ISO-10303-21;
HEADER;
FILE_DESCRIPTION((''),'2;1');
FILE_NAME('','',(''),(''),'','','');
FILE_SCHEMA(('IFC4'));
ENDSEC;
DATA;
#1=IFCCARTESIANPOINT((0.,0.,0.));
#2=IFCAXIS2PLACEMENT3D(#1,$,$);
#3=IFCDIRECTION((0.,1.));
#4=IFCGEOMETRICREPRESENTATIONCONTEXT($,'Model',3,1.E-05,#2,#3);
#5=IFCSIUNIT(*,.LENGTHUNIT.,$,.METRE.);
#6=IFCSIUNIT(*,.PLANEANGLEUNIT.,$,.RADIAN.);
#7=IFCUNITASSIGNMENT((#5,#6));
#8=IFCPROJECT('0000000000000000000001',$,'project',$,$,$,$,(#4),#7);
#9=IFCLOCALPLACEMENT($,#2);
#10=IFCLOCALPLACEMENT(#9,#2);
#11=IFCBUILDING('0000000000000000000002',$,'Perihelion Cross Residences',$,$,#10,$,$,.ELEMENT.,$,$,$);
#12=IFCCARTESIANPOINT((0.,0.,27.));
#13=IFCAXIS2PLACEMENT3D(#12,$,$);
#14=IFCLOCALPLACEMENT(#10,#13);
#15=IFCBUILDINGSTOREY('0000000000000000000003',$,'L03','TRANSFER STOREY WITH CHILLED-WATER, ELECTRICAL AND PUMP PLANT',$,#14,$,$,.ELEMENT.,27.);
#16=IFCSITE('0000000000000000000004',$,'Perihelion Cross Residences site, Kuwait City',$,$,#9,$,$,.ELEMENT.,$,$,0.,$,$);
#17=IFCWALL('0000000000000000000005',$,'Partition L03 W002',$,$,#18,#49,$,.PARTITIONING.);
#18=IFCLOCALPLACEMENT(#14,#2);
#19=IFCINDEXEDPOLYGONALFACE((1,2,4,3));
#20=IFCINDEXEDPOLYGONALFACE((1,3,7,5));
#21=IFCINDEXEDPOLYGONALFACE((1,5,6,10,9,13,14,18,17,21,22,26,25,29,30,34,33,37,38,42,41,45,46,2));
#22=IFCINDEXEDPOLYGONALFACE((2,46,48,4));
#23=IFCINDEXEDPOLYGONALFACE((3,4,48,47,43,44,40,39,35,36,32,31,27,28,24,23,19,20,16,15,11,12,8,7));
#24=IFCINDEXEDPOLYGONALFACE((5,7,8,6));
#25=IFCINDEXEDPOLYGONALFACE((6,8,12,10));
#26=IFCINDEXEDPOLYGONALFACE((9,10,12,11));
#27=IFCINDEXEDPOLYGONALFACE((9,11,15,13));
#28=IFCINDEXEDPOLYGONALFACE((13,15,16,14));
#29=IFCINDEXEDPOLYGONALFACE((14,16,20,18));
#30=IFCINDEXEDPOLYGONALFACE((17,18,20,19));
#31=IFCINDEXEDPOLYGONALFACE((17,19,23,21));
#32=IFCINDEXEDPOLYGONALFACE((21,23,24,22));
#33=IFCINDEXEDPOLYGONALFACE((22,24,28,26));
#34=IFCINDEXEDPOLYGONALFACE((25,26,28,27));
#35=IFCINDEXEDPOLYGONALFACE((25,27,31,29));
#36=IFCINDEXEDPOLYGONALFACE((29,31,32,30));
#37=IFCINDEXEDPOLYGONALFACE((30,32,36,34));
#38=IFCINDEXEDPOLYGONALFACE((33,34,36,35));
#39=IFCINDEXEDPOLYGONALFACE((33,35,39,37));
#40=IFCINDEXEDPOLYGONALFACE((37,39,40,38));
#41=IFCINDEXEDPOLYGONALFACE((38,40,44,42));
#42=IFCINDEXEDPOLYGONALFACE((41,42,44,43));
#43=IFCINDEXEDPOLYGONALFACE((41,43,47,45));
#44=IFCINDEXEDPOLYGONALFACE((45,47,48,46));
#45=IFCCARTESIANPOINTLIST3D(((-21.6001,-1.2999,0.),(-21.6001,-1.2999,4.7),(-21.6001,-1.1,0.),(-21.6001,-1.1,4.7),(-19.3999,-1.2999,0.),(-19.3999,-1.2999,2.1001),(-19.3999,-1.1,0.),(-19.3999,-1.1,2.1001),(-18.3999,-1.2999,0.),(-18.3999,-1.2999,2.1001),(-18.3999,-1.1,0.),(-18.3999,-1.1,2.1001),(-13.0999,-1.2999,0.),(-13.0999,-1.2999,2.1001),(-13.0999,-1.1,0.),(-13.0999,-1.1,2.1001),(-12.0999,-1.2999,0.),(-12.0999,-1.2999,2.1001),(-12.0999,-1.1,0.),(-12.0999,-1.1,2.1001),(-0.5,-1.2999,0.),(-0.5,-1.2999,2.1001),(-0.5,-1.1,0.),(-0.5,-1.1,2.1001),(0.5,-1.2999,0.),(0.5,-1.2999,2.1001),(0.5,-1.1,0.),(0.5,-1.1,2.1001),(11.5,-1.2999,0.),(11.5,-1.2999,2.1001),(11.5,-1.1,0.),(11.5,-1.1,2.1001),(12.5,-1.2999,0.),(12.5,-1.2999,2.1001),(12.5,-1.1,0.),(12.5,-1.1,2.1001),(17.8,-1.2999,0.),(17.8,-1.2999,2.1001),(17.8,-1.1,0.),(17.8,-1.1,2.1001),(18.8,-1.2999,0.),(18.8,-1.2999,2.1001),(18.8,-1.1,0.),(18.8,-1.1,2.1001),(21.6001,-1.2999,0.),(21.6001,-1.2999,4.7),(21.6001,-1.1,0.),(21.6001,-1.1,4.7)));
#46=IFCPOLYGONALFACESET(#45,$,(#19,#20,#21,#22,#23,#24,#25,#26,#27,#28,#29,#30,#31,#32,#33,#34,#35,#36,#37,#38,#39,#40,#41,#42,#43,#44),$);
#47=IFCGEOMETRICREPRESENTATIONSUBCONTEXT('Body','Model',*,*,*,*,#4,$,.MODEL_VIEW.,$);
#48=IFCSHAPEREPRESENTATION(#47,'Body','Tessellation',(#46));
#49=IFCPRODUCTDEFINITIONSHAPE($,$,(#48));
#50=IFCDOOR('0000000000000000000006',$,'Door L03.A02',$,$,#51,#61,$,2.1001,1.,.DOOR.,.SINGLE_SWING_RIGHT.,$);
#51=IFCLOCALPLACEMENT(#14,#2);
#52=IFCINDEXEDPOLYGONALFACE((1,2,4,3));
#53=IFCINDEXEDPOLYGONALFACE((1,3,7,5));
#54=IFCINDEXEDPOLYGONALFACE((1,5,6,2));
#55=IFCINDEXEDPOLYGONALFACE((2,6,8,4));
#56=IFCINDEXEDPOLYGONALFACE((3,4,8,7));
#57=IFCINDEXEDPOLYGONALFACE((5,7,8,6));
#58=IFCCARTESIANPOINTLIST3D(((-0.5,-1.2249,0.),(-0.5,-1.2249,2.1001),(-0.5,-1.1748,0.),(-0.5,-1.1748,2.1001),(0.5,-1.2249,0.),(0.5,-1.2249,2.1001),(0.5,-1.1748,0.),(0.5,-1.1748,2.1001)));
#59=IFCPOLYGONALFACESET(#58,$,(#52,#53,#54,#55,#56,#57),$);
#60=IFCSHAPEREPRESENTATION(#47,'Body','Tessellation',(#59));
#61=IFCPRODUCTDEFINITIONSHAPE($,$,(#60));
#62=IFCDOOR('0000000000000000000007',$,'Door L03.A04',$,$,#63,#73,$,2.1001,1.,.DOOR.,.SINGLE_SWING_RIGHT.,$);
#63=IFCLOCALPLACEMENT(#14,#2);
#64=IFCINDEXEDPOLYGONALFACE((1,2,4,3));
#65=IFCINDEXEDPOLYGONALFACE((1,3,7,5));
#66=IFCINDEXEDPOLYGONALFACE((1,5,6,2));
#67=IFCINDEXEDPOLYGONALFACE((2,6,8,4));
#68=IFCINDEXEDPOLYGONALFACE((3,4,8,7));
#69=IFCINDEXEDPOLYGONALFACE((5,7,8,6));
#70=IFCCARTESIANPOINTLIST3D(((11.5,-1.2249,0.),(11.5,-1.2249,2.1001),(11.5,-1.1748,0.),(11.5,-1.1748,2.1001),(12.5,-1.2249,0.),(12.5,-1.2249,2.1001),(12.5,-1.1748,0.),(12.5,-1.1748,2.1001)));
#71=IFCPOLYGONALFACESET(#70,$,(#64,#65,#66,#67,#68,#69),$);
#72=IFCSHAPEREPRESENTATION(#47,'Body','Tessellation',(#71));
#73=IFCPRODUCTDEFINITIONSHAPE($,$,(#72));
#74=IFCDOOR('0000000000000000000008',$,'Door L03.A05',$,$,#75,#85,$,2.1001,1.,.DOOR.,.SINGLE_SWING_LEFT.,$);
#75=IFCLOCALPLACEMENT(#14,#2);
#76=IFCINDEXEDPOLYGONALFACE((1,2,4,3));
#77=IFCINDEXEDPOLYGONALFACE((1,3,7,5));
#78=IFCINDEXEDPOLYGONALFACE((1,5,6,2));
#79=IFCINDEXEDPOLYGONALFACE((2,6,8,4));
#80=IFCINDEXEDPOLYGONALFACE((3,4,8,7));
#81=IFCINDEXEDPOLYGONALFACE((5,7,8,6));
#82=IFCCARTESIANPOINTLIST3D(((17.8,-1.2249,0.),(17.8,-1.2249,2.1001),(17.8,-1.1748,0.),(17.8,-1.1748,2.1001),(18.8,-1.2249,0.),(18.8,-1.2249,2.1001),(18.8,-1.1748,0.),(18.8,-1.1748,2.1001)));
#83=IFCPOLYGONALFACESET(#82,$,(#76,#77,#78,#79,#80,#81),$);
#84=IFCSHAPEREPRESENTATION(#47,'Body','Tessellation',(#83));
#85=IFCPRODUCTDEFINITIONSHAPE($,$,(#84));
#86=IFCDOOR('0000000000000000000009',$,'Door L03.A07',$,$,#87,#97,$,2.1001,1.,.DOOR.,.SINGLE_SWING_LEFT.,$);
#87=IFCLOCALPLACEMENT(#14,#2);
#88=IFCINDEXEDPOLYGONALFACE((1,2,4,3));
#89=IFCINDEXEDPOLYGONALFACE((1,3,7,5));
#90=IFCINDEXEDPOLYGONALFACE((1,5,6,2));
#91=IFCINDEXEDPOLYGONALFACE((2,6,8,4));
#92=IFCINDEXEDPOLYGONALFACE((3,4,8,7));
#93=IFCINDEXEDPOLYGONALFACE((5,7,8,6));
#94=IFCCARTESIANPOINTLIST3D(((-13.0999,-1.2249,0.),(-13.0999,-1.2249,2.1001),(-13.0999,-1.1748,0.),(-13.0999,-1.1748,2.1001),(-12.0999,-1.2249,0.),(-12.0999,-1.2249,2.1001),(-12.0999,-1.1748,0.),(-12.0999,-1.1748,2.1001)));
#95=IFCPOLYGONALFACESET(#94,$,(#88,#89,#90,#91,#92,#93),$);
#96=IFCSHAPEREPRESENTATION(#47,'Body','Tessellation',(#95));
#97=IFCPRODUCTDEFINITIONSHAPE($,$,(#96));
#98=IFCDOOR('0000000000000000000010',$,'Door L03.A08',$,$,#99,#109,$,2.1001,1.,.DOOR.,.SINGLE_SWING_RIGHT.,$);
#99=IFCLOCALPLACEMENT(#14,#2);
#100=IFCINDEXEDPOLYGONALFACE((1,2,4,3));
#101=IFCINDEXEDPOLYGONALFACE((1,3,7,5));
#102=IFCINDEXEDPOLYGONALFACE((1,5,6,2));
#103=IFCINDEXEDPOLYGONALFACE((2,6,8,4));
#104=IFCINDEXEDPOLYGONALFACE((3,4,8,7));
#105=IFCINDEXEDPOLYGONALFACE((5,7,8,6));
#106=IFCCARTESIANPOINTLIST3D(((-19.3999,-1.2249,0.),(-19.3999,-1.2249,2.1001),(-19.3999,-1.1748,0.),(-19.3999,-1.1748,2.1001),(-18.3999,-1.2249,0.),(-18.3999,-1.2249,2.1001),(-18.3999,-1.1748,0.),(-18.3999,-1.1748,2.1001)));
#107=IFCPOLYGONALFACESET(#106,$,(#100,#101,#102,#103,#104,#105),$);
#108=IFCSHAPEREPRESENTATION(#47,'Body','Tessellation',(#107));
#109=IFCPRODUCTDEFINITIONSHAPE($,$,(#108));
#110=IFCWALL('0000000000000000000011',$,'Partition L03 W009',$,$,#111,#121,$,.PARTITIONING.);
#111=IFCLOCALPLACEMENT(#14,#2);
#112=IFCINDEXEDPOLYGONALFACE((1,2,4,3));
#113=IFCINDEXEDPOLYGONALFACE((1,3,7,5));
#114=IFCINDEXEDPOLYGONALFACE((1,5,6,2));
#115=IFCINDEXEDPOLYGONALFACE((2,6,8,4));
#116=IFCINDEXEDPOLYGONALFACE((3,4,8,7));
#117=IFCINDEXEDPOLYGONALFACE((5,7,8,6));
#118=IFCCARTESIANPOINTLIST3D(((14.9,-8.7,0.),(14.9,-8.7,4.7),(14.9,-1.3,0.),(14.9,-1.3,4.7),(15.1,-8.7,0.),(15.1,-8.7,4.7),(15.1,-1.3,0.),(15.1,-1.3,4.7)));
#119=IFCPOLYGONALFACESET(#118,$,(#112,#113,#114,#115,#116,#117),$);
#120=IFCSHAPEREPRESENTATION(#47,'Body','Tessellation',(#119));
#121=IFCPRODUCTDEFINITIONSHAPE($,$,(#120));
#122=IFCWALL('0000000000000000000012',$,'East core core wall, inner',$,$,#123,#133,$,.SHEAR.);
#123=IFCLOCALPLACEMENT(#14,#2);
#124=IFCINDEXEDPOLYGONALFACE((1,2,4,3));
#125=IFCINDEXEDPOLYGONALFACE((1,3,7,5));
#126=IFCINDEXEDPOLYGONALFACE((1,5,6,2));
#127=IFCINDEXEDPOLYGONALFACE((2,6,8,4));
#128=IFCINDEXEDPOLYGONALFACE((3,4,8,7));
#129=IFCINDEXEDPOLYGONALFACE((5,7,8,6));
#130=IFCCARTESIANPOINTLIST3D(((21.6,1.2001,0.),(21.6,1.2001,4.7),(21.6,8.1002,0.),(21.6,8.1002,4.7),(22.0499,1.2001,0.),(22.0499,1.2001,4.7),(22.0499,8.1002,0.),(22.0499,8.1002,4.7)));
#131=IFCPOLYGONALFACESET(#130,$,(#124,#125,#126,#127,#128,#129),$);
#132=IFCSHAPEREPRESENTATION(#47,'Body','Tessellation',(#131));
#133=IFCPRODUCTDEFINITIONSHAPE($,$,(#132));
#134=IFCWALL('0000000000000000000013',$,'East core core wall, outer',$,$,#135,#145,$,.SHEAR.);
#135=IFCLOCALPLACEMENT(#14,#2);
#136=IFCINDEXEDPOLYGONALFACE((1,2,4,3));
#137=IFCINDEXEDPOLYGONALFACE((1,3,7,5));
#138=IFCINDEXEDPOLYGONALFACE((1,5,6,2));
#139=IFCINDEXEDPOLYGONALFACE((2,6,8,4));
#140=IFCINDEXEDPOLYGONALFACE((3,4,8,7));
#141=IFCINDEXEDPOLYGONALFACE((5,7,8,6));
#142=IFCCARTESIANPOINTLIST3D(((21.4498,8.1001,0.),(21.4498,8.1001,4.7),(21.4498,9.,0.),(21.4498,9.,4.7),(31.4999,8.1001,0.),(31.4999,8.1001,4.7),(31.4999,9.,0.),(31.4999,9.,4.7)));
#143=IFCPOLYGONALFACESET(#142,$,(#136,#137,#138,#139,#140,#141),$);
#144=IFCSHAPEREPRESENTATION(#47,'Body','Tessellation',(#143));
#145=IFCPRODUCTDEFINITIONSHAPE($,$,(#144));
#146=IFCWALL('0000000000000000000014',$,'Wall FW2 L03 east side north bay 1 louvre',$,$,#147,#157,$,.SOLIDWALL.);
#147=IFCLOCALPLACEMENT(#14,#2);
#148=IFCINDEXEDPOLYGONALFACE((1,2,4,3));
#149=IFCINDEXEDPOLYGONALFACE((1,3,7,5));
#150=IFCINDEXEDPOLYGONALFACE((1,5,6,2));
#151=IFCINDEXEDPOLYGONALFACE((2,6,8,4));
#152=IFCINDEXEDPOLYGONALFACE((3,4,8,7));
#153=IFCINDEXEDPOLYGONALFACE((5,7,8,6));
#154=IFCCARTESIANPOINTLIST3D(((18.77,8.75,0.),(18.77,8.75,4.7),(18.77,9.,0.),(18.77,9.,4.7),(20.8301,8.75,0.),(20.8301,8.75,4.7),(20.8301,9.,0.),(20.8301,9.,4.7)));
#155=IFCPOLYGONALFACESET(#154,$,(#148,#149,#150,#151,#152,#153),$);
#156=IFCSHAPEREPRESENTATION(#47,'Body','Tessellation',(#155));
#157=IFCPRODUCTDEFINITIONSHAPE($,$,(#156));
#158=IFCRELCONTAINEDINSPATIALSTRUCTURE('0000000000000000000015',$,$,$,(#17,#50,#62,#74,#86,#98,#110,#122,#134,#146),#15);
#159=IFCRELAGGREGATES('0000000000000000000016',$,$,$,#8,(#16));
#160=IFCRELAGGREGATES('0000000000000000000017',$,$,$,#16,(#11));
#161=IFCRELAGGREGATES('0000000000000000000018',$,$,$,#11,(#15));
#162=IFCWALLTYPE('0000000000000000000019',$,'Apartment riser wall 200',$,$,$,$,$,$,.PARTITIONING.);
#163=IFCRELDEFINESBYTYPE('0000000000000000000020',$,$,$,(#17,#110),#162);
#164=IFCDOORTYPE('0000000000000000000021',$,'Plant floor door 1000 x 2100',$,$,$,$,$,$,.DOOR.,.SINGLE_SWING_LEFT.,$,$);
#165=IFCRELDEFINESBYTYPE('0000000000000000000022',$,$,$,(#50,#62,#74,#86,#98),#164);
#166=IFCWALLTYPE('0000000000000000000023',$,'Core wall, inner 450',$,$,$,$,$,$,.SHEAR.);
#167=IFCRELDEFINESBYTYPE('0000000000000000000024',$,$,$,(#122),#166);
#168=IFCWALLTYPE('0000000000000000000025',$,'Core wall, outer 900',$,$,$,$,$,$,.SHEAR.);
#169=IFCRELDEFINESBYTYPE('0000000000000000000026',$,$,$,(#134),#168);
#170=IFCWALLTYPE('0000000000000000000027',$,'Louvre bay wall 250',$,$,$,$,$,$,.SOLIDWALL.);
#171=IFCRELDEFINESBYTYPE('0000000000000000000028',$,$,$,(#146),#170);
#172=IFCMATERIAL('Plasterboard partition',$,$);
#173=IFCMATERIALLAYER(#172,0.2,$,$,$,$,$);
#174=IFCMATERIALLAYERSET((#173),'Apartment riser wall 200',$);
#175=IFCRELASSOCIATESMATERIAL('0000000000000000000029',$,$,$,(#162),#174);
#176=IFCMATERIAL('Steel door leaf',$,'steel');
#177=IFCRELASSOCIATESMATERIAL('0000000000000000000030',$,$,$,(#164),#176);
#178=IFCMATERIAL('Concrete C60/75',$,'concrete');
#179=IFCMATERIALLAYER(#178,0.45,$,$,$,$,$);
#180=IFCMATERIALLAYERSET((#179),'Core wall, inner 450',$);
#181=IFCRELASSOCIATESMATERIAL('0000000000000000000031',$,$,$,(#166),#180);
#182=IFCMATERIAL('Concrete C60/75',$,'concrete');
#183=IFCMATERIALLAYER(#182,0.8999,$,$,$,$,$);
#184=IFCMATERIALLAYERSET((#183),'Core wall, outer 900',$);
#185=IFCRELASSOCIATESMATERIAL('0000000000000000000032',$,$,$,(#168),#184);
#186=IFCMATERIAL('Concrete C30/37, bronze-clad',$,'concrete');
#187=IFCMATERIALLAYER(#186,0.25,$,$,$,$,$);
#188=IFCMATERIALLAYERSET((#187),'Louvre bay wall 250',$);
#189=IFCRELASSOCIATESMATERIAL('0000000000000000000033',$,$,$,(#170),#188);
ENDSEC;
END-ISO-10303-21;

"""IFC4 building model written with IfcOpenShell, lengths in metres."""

from ifc_helpers import new_model, si_unit, direction, frame, frame_2d, origin, place, context, subcontext, project, spatial, rectangle, extrude, material, layer, layer_set, type_object, element, fill, save


model = new_model("IFC4")

# Units and contexts
model_context = context("Model", 3, precision=1e-05, world=origin(), true_north=direction((0.0, 1.0)))
body_context = subcontext(model_context, "Body", "Model", "MODEL_VIEW")
ifc_project = project(units=[si_unit("LENGTHUNIT", "METRE"), si_unit("PLANEANGLEUNIT", "RADIAN")], contexts=[model_context])

# Site, building, storey
site_placement = place(None, origin())
site = spatial("IfcSite", under=ifc_project, at=site_placement, Name="Perihelion Cross Residences site, Kuwait City", CompositionType="ELEMENT", RefElevation=0.0)
building_placement = place(site_placement, origin())
building = spatial("IfcBuilding", under=site, at=building_placement, Name="Perihelion Cross Residences", CompositionType="ELEMENT")
storey_placement = place(building_placement, frame((0.0, 0.0, 27.0)))
storey = spatial("IfcBuildingStorey", under=building, at=storey_placement, Name="L03", Description="TRANSFER STOREY WITH CHILLED-WATER, ELECTRICAL AND PUMP PLANT", CompositionType="ELEMENT", Elevation=27.0)

# Wall, openings, doors
ifc_material_1 = material(Name="Plasterboard partition")
ifc_layer_1 = layer(ifc_material_1, 0.2)
ifc_layer_set_1 = layer_set([ifc_layer_1], Name="Apartment riser wall 200")
wall_type_1 = type_object("IfcWallType", Name="Apartment riser wall 200", PredefinedType="PARTITIONING", material=ifc_layer_set_1)
wall_1_placement = place(storey_placement, frame((21.6001, -1.2, 0.0), z_axis=(0.0, 0.0, 1.0), x_axis=(-1.0, 0.0, 0.0)))
wall_1 = element("IfcWall", 1, at=wall_1_placement, inside=storey, type_object=wall_type_1, Name="Partition L03 W002", PredefinedType="PARTITIONING", context=body_context, shape_type="SweptSolid", body=[
    extrude(rectangle(XDim=43.2002, YDim=0.2, at=frame_2d((21.6001, 0.0))), origin(), (0.0, 0.0, 1.0), 4.7),
])
opening_1_placement = place(wall_1_placement, frame((21.1001, 0.0, 0.0)))
opening_1 = element("IfcOpeningElement", 2, at=opening_1_placement, cuts=wall_1, PredefinedType="OPENING", context=body_context, shape_type="SweptSolid", body=[
    extrude(rectangle(XDim=1.0, YDim=2.1001, at=frame_2d((0.5, 1.05))), frame((0.0, 0.1099, 0.0), z_axis=(0.0, -1.0, 0.0), x_axis=(1.0, 0.0, 0.0)), (0.0, 0.0, 1.0), 0.22),
])
opening_2_placement = place(wall_1_placement, frame((9.1001, 0.0, 0.0)))
opening_2 = element("IfcOpeningElement", 3, at=opening_2_placement, cuts=wall_1, PredefinedType="OPENING", context=body_context, shape_type="SweptSolid", body=[
    extrude(rectangle(XDim=1.0, YDim=2.1001, at=frame_2d((0.5, 1.05))), frame((0.0, 0.1099, 0.0), z_axis=(0.0, -1.0, 0.0), x_axis=(1.0, 0.0, 0.0)), (0.0, 0.0, 1.0), 0.22),
])
opening_3_placement = place(wall_1_placement, frame((2.8, 0.0, 0.0)))
opening_3 = element("IfcOpeningElement", 4, at=opening_3_placement, cuts=wall_1, PredefinedType="OPENING", context=body_context, shape_type="SweptSolid", body=[
    extrude(rectangle(XDim=1.0, YDim=2.1001, at=frame_2d((0.5, 1.05))), frame((0.0, 0.1099, 0.0), z_axis=(0.0, -1.0, 0.0), x_axis=(1.0, 0.0, 0.0)), (0.0, 0.0, 1.0), 0.22),
])
opening_4_placement = place(wall_1_placement, frame((33.7, 0.0, 0.0)))
opening_4 = element("IfcOpeningElement", 5, at=opening_4_placement, cuts=wall_1, PredefinedType="OPENING", context=body_context, shape_type="SweptSolid", body=[
    extrude(rectangle(XDim=1.0, YDim=2.1001, at=frame_2d((0.5, 1.05))), frame((0.0, 0.1099, 0.0), z_axis=(0.0, -1.0, 0.0), x_axis=(1.0, 0.0, 0.0)), (0.0, 0.0, 1.0), 0.22),
])
opening_5_placement = place(wall_1_placement, frame((40.0, 0.0, 0.0)))
opening_5 = element("IfcOpeningElement", 6, at=opening_5_placement, cuts=wall_1, PredefinedType="OPENING", context=body_context, shape_type="SweptSolid", body=[
    extrude(rectangle(XDim=1.0, YDim=2.1001, at=frame_2d((0.5, 1.05))), frame((0.0, 0.1099, 0.0), z_axis=(0.0, -1.0, 0.0), x_axis=(1.0, 0.0, 0.0)), (0.0, 0.0, 1.0), 0.22),
])
ifc_material_2 = material(Name="Steel door leaf", Category="steel")
door_type_1 = type_object("IfcDoorType", Name="Plant floor door 1000 x 2100", OperationType="SINGLE_SWING_LEFT", PredefinedType="DOOR", material=ifc_material_2)
door_1_placement = place(opening_1_placement, origin())
door_1 = element("IfcDoor", 7, at=door_1_placement, inside=storey, type_object=door_type_1, Name="Door L03.A02", OperationType="SINGLE_SWING_RIGHT", OverallHeight=2.1001, OverallWidth=1.0, PredefinedType="DOOR", context=body_context, shape_type="SweptSolid", body=[
    extrude(rectangle(XDim=1.0, YDim=2.1001, at=frame_2d((0.5, 1.05))), frame((0.0, 0.0249, 0.0), z_axis=(0.0, -1.0, 0.0), x_axis=(1.0, 0.0, 0.0)), (0.0, 0.0, 1.0), 0.05),
])
fill(opening_1, door_1)
door_2_placement = place(opening_2_placement, origin())
door_2 = element("IfcDoor", 8, at=door_2_placement, inside=storey, type_object=door_type_1, Name="Door L03.A04", OperationType="SINGLE_SWING_RIGHT", OverallHeight=2.1001, OverallWidth=1.0, PredefinedType="DOOR", context=body_context, shape_type="SweptSolid", body=[
    extrude(rectangle(XDim=1.0, YDim=2.1001, at=frame_2d((0.5, 1.05))), frame((0.0, 0.0249, 0.0), z_axis=(0.0, -1.0, 0.0), x_axis=(1.0, 0.0, 0.0)), (0.0, 0.0, 1.0), 0.05),
])
fill(opening_2, door_2)
door_3_placement = place(opening_3_placement, origin())
door_3 = element("IfcDoor", 9, at=door_3_placement, inside=storey, type_object=door_type_1, Name="Door L03.A05", OperationType="SINGLE_SWING_LEFT", OverallHeight=2.1001, OverallWidth=1.0, PredefinedType="DOOR", context=body_context, shape_type="SweptSolid", body=[
    extrude(rectangle(XDim=1.0, YDim=2.1001, at=frame_2d((0.5, 1.05))), frame((0.0, 0.0249, 0.0), z_axis=(0.0, -1.0, 0.0), x_axis=(1.0, 0.0, 0.0)), (0.0, 0.0, 1.0), 0.05),
])
fill(opening_3, door_3)
door_4_placement = place(opening_4_placement, origin())
door_4 = element("IfcDoor", 10, at=door_4_placement, inside=storey, type_object=door_type_1, Name="Door L03.A07", OperationType="SINGLE_SWING_LEFT", OverallHeight=2.1001, OverallWidth=1.0, PredefinedType="DOOR", context=body_context, shape_type="SweptSolid", body=[
    extrude(rectangle(XDim=1.0, YDim=2.1001, at=frame_2d((0.5, 1.05))), frame((0.0, 0.0249, 0.0), z_axis=(0.0, -1.0, 0.0), x_axis=(1.0, 0.0, 0.0)), (0.0, 0.0, 1.0), 0.05),
])
fill(opening_4, door_4)
door_5_placement = place(opening_5_placement, origin())
door_5 = element("IfcDoor", 11, at=door_5_placement, inside=storey, type_object=door_type_1, Name="Door L03.A08", OperationType="SINGLE_SWING_RIGHT", OverallHeight=2.1001, OverallWidth=1.0, PredefinedType="DOOR", context=body_context, shape_type="SweptSolid", body=[
    extrude(rectangle(XDim=1.0, YDim=2.1001, at=frame_2d((0.5, 1.05))), frame((0.0, 0.0249, 0.0), z_axis=(0.0, -1.0, 0.0), x_axis=(1.0, 0.0, 0.0)), (0.0, 0.0, 1.0), 0.05),
])
fill(opening_5, door_5)

# Walls
wall_2_placement = place(storey_placement, frame((15.0, -1.3, 0.0), z_axis=(0.0, 0.0, 1.0), x_axis=(0.0, -1.0, 0.0)))
element("IfcWall", 12, at=wall_2_placement, inside=storey, type_object=wall_type_1, Name="Partition L03 W009", PredefinedType="PARTITIONING", context=body_context, shape_type="SweptSolid", body=[
    extrude(rectangle(XDim=7.3999, YDim=0.2, at=frame_2d((3.7, 0.0))), origin(), (0.0, 0.0, 1.0), 4.7),
])
ifc_material_3 = material(Name="Concrete C60/75", Category="concrete")
ifc_layer_2 = layer(ifc_material_3, 0.45)
ifc_layer_set_2 = layer_set([ifc_layer_2], Name="Core wall, inner 450")
wall_type_2 = type_object("IfcWallType", Name="Core wall, inner 450", PredefinedType="SHEAR", material=ifc_layer_set_2)
wall_3_placement = place(storey_placement, frame((21.825, 1.2, 0.0), z_axis=(0.0, 0.0, 1.0), x_axis=(0.0, 1.0, 0.0)))
element("IfcWall", 13, at=wall_3_placement, inside=storey, type_object=wall_type_2, Name="East core core wall, inner", PredefinedType="SHEAR", context=body_context, shape_type="SweptSolid", body=[
    extrude(rectangle(XDim=6.9001, YDim=0.45, at=frame_2d((3.4502, 0.0))), origin(), (0.0, 0.0, 1.0), 4.7),
])
ifc_material_4 = material(Name="Concrete C60/75", Category="concrete")
ifc_layer_3 = layer(ifc_material_4, 0.8999)
ifc_layer_set_3 = layer_set([ifc_layer_3], Name="Core wall, outer 900")
wall_type_3 = type_object("IfcWallType", Name="Core wall, outer 900", PredefinedType="SHEAR", material=ifc_layer_set_3)
wall_4_placement = place(storey_placement, frame((21.45, 8.55, 0.0), z_axis=(0.0, 0.0, 1.0), x_axis=(1.0, 0.0, 0.0)))
element("IfcWall", 14, at=wall_4_placement, inside=storey, type_object=wall_type_3, Name="East core core wall, outer", PredefinedType="SHEAR", context=body_context, shape_type="SweptSolid", body=[
    extrude(rectangle(XDim=10.05, YDim=0.8999, at=frame_2d((5.0249, 0.0))), origin(), (0.0, 0.0, 1.0), 4.7),
])
ifc_material_5 = material(Name="Concrete C30/37, bronze-clad", Category="concrete")
ifc_layer_4 = layer(ifc_material_5, 0.25)
ifc_layer_set_4 = layer_set([ifc_layer_4], Name="Louvre bay wall 250")
wall_type_4 = type_object("IfcWallType", Name="Louvre bay wall 250", PredefinedType="SOLIDWALL", material=ifc_layer_set_4)
wall_5_placement = place(storey_placement, frame((20.8301, 8.875, 0.0), z_axis=(0.0, 0.0, 1.0), x_axis=(-1.0, 0.0, 0.0)))
element("IfcWall", 15, at=wall_5_placement, inside=storey, type_object=wall_type_4, Name="Wall FW2 L03 east side north bay 1 louvre", PredefinedType="SOLIDWALL", context=body_context, shape_type="SweptSolid", body=[
    extrude(rectangle(XDim=2.0601, YDim=0.25, at=frame_2d((1.03, 0.0))), origin(), (0.0, 0.0, 1.0), 4.7),
])

save(model, "model.ifc")
